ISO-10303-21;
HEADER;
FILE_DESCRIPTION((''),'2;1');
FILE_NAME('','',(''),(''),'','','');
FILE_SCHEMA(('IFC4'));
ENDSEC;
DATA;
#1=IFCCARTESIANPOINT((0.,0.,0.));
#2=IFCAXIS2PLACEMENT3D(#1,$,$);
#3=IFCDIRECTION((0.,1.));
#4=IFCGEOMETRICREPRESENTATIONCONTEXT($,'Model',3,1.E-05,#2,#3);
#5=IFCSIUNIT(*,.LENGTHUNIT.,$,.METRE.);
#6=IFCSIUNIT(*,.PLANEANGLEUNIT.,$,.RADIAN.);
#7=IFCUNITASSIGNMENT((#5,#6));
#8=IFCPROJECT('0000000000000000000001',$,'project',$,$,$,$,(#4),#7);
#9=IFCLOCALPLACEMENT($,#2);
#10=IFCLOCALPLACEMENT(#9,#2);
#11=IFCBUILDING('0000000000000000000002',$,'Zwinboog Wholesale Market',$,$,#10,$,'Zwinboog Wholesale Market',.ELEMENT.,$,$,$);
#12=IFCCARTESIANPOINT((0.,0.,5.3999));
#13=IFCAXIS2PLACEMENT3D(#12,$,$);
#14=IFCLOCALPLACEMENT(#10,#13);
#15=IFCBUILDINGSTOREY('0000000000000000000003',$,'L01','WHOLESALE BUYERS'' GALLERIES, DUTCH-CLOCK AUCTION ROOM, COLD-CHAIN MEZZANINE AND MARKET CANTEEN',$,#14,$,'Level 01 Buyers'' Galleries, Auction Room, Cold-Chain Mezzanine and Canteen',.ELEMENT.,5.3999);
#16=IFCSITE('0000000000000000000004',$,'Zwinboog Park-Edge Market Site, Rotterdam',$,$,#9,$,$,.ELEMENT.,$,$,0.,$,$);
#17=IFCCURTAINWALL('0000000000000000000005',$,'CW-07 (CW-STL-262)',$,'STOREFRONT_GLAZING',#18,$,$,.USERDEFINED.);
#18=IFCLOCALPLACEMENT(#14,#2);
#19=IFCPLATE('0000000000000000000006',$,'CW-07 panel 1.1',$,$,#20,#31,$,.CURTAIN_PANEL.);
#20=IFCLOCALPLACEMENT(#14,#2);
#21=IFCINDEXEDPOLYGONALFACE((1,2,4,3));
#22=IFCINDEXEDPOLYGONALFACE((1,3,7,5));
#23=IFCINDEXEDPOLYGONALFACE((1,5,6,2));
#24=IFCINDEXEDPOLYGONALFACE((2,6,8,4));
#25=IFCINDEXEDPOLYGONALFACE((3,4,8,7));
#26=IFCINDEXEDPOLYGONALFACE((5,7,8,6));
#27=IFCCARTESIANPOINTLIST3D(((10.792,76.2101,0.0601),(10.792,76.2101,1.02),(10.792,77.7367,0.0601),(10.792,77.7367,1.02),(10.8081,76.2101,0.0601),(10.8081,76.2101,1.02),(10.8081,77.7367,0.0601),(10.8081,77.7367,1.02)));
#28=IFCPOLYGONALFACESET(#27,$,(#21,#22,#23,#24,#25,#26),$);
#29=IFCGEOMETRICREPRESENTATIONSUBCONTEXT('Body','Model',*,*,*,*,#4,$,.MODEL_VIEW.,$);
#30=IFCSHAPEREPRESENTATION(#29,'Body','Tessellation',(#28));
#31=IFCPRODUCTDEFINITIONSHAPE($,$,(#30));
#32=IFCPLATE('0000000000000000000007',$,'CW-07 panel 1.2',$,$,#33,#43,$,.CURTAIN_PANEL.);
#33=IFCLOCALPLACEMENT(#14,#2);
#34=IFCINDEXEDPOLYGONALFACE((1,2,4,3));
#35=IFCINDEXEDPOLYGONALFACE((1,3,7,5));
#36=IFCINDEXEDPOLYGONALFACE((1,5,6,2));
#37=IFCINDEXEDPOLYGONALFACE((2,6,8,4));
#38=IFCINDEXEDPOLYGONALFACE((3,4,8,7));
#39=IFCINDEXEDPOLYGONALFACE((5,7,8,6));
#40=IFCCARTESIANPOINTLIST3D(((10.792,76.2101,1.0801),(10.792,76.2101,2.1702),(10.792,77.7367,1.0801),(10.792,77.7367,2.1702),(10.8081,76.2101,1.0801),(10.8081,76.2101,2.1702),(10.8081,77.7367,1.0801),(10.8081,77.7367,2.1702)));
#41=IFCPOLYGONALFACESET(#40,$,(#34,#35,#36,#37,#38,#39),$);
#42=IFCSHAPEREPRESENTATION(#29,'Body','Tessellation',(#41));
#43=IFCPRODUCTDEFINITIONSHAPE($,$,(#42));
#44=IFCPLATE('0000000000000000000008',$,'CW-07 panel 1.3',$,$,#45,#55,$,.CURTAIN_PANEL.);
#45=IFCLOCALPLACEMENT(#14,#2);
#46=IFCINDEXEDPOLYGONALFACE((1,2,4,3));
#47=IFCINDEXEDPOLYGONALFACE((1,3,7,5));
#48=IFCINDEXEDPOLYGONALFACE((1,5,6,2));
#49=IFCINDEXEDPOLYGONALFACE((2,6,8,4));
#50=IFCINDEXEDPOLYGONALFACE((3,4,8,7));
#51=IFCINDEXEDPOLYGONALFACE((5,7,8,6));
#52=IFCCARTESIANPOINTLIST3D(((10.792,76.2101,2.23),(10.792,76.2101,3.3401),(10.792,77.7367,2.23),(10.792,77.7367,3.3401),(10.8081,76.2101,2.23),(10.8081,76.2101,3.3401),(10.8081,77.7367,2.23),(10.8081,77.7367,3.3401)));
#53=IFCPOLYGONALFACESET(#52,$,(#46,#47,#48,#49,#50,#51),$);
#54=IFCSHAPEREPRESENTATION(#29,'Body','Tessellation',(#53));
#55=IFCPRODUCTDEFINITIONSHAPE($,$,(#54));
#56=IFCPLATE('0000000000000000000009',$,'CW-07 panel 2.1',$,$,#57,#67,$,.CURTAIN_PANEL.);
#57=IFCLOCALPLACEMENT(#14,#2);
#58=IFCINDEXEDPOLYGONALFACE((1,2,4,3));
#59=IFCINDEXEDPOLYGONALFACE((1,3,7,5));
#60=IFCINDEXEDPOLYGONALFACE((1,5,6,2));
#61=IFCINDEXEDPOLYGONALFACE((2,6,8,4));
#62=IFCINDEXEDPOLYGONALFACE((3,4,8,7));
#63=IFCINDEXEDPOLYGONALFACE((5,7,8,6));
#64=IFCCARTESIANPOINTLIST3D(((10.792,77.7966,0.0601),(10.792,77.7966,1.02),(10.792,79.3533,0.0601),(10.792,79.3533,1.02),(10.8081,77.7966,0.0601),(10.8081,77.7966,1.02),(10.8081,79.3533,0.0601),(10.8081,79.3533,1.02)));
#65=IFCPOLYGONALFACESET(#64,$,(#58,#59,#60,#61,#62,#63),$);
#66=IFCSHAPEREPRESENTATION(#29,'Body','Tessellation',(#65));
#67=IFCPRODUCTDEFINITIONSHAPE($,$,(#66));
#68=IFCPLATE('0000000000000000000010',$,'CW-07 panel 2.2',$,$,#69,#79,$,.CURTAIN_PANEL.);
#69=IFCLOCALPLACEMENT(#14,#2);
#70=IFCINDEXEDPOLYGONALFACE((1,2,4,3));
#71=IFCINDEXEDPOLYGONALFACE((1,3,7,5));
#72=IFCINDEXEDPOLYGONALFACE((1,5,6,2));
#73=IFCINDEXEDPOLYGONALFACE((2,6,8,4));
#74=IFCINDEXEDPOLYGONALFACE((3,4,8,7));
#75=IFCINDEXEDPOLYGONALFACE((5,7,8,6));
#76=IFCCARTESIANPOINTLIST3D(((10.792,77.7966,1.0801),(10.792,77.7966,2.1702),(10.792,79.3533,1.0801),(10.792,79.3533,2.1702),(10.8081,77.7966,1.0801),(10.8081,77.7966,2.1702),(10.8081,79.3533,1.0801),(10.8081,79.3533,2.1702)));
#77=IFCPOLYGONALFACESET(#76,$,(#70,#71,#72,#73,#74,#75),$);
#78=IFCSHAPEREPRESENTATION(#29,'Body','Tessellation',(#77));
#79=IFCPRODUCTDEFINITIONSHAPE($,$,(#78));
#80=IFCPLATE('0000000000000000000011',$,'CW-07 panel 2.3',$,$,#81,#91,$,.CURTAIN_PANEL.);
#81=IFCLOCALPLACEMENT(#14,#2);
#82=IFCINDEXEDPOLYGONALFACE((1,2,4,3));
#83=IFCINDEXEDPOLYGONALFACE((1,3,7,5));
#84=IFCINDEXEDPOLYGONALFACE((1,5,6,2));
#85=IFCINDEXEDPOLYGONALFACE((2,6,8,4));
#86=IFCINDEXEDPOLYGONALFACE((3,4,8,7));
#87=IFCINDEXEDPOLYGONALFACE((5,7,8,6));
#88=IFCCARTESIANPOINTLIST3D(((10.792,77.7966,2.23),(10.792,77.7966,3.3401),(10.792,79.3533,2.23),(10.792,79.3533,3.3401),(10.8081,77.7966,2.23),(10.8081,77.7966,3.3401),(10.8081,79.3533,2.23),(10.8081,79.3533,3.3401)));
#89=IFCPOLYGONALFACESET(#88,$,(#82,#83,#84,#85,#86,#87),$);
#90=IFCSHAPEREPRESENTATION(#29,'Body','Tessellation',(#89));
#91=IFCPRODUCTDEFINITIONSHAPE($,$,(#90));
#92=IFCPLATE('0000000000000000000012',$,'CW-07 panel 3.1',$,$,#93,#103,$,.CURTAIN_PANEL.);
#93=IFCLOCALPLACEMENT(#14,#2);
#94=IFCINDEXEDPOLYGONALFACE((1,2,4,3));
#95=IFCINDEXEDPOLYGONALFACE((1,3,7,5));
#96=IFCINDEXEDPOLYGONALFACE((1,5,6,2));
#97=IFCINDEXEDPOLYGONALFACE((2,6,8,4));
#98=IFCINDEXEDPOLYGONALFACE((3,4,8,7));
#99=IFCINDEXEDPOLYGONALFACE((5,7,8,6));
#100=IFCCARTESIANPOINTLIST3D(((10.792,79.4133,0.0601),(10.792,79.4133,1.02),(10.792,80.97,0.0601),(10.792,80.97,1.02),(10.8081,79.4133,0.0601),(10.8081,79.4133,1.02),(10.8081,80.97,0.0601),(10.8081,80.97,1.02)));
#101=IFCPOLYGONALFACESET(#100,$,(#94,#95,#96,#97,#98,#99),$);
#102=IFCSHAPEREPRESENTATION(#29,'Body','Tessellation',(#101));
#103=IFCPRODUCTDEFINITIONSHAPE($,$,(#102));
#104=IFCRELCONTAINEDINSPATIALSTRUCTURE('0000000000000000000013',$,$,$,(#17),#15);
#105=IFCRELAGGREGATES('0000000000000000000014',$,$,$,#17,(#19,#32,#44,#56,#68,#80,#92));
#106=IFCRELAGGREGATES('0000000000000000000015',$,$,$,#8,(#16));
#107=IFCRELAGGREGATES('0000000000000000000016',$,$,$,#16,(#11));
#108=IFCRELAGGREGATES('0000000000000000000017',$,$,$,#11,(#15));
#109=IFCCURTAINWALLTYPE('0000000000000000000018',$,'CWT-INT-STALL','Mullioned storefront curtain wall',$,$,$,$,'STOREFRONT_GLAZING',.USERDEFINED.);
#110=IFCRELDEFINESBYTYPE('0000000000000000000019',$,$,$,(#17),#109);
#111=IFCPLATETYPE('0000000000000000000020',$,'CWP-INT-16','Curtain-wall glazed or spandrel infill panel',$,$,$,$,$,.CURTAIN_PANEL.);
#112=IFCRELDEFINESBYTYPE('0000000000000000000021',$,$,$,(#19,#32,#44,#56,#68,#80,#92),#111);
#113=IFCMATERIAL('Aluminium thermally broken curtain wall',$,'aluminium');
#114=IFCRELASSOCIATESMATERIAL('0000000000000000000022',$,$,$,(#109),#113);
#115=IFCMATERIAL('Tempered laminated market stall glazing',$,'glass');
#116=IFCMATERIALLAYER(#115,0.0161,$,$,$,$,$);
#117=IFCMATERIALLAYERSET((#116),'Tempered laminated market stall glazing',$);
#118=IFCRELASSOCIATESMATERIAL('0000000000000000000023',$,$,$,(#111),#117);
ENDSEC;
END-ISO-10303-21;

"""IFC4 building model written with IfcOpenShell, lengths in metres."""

from ifc_helpers import new_model, si_unit, direction, frame, origin, origin_2d, place, context, subcontext, project, spatial, rectangle, extrude, material, layer, layer_set, type_object, element, aggregate, save


model = new_model("IFC4")

# Units and contexts
model_context = context("Model", 3, precision=1e-05, world=origin(), true_north=direction((0.0, 1.0)))
body_context = subcontext(model_context, "Body", "Model", "MODEL_VIEW")
ifc_project = project(units=[si_unit("LENGTHUNIT", "METRE"), si_unit("PLANEANGLEUNIT", "RADIAN")], contexts=[model_context])

# Site, building, storey
site_placement = place(None, origin())
site = spatial("IfcSite", under=ifc_project, at=site_placement, Name="Zwinboog Park-Edge Market Site, Rotterdam", CompositionType="ELEMENT", RefElevation=0.0)
building_placement = place(site_placement, origin())
building = spatial("IfcBuilding", under=site, at=building_placement, Name="Zwinboog Wholesale Market", LongName="Zwinboog Wholesale Market", CompositionType="ELEMENT")
storey_placement = place(building_placement, frame((0.0, 0.0, 5.3999)))
storey = spatial("IfcBuildingStorey", under=building, at=storey_placement, Name="L01", Description="WHOLESALE BUYERS' GALLERIES, DUTCH-CLOCK AUCTION ROOM, COLD-CHAIN MEZZANINE AND MARKET CANTEEN", LongName="Level 01 Buyers' Galleries, Auction Room, Cold-Chain Mezzanine and Canteen", CompositionType="ELEMENT", Elevation=5.3999)

# Shared definitions
ifc_material_1 = material(Name="Aluminium thermally broken curtain wall", Category="aluminium")

# Curtain wall, plates
curtain_wall_type_1 = type_object("IfcCurtainWallType", Name="CWT-INT-STALL", Description="Mullioned storefront curtain wall", ElementType="STOREFRONT_GLAZING", PredefinedType="USERDEFINED", material=ifc_material_1)
curtain_wall_1_placement = place(storey_placement, origin())
curtain_wall_1 = element("IfcCurtainWall", 1, at=curtain_wall_1_placement, inside=storey, type_object=curtain_wall_type_1, Name="CW-07 (CW-STL-262)", ObjectType="STOREFRONT_GLAZING", PredefinedType="USERDEFINED")
ifc_material_2 = material(Name="Tempered laminated market stall glazing", Category="glass")
ifc_layer = layer(ifc_material_2, 0.0161)
ifc_layer_set = layer_set([ifc_layer], Name="Tempered laminated market stall glazing")
plate_type = type_object("IfcPlateType", Name="CWP-INT-16", Description="Curtain-wall glazed or spandrel infill panel", PredefinedType="CURTAIN_PANEL", material=ifc_layer_set)
plate_1_placement = place(storey_placement, frame((10.8, 76.9734, 0.0601), z_axis=(0.0, 0.0, 1.0), x_axis=(0.0, 1.0, 0.0)))
plate_1 = element("IfcPlate", 2, at=plate_1_placement, type_object=plate_type, Name="CW-07 panel 1.1", PredefinedType="CURTAIN_PANEL", context=body_context, shape_type="SweptSolid", body=[
    extrude(rectangle(XDim=1.5266, YDim=0.0161, at=origin_2d()), origin(), (0.0, 0.0, 1.0), 0.96),
])
plate_2_placement = place(storey_placement, frame((10.8, 76.9734, 1.0801), z_axis=(0.0, 0.0, 1.0), x_axis=(0.0, 1.0, 0.0)))
plate_2 = element("IfcPlate", 3, at=plate_2_placement, type_object=plate_type, Name="CW-07 panel 1.2", PredefinedType="CURTAIN_PANEL", context=body_context, shape_type="SweptSolid", body=[
    extrude(rectangle(XDim=1.5266, YDim=0.0161, at=origin_2d()), origin(), (0.0, 0.0, 1.0), 1.0901),
])
plate_3_placement = place(storey_placement, frame((10.8, 76.9734, 2.23), z_axis=(0.0, 0.0, 1.0), x_axis=(0.0, 1.0, 0.0)))
plate_3 = element("IfcPlate", 4, at=plate_3_placement, type_object=plate_type, Name="CW-07 panel 1.3", PredefinedType="CURTAIN_PANEL", context=body_context, shape_type="SweptSolid", body=[
    extrude(rectangle(XDim=1.5266, YDim=0.0161, at=origin_2d()), origin(), (0.0, 0.0, 1.0), 1.1101),
])
plate_4_placement = place(storey_placement, frame((10.8, 78.575, 0.0601), z_axis=(0.0, 0.0, 1.0), x_axis=(0.0, 1.0, 0.0)))
plate_4 = element("IfcPlate", 5, at=plate_4_placement, type_object=plate_type, Name="CW-07 panel 2.1", PredefinedType="CURTAIN_PANEL", context=body_context, shape_type="SweptSolid", body=[
    extrude(rectangle(XDim=1.5566, YDim=0.0161, at=origin_2d()), origin(), (0.0, 0.0, 1.0), 0.96),
])
plate_5_placement = place(storey_placement, frame((10.8, 78.575, 1.0801), z_axis=(0.0, 0.0, 1.0), x_axis=(0.0, 1.0, 0.0)))
plate_5 = element("IfcPlate", 6, at=plate_5_placement, type_object=plate_type, Name="CW-07 panel 2.2", PredefinedType="CURTAIN_PANEL", context=body_context, shape_type="SweptSolid", body=[
    extrude(rectangle(XDim=1.5566, YDim=0.0161, at=origin_2d()), origin(), (0.0, 0.0, 1.0), 1.0901),
])
plate_6_placement = place(storey_placement, frame((10.8, 78.575, 2.23), z_axis=(0.0, 0.0, 1.0), x_axis=(0.0, 1.0, 0.0)))
plate_6 = element("IfcPlate", 7, at=plate_6_placement, type_object=plate_type, Name="CW-07 panel 2.3", PredefinedType="CURTAIN_PANEL", context=body_context, shape_type="SweptSolid", body=[
    extrude(rectangle(XDim=1.5566, YDim=0.0161, at=origin_2d()), origin(), (0.0, 0.0, 1.0), 1.1101),
])
plate_7_placement = place(storey_placement, frame((10.8, 80.1917, 0.0601), z_axis=(0.0, 0.0, 1.0), x_axis=(0.0, 1.0, 0.0)))
plate_7 = element("IfcPlate", 8, at=plate_7_placement, type_object=plate_type, Name="CW-07 panel 3.1", PredefinedType="CURTAIN_PANEL", context=body_context, shape_type="SweptSolid", body=[
    extrude(rectangle(XDim=1.5566, YDim=0.0161, at=origin_2d()), origin(), (0.0, 0.0, 1.0), 0.96),
])
aggregate(curtain_wall_1, [plate_1, plate_2, plate_3, plate_4, plate_5, plate_6, plate_7])

save(model, "model.ifc")
